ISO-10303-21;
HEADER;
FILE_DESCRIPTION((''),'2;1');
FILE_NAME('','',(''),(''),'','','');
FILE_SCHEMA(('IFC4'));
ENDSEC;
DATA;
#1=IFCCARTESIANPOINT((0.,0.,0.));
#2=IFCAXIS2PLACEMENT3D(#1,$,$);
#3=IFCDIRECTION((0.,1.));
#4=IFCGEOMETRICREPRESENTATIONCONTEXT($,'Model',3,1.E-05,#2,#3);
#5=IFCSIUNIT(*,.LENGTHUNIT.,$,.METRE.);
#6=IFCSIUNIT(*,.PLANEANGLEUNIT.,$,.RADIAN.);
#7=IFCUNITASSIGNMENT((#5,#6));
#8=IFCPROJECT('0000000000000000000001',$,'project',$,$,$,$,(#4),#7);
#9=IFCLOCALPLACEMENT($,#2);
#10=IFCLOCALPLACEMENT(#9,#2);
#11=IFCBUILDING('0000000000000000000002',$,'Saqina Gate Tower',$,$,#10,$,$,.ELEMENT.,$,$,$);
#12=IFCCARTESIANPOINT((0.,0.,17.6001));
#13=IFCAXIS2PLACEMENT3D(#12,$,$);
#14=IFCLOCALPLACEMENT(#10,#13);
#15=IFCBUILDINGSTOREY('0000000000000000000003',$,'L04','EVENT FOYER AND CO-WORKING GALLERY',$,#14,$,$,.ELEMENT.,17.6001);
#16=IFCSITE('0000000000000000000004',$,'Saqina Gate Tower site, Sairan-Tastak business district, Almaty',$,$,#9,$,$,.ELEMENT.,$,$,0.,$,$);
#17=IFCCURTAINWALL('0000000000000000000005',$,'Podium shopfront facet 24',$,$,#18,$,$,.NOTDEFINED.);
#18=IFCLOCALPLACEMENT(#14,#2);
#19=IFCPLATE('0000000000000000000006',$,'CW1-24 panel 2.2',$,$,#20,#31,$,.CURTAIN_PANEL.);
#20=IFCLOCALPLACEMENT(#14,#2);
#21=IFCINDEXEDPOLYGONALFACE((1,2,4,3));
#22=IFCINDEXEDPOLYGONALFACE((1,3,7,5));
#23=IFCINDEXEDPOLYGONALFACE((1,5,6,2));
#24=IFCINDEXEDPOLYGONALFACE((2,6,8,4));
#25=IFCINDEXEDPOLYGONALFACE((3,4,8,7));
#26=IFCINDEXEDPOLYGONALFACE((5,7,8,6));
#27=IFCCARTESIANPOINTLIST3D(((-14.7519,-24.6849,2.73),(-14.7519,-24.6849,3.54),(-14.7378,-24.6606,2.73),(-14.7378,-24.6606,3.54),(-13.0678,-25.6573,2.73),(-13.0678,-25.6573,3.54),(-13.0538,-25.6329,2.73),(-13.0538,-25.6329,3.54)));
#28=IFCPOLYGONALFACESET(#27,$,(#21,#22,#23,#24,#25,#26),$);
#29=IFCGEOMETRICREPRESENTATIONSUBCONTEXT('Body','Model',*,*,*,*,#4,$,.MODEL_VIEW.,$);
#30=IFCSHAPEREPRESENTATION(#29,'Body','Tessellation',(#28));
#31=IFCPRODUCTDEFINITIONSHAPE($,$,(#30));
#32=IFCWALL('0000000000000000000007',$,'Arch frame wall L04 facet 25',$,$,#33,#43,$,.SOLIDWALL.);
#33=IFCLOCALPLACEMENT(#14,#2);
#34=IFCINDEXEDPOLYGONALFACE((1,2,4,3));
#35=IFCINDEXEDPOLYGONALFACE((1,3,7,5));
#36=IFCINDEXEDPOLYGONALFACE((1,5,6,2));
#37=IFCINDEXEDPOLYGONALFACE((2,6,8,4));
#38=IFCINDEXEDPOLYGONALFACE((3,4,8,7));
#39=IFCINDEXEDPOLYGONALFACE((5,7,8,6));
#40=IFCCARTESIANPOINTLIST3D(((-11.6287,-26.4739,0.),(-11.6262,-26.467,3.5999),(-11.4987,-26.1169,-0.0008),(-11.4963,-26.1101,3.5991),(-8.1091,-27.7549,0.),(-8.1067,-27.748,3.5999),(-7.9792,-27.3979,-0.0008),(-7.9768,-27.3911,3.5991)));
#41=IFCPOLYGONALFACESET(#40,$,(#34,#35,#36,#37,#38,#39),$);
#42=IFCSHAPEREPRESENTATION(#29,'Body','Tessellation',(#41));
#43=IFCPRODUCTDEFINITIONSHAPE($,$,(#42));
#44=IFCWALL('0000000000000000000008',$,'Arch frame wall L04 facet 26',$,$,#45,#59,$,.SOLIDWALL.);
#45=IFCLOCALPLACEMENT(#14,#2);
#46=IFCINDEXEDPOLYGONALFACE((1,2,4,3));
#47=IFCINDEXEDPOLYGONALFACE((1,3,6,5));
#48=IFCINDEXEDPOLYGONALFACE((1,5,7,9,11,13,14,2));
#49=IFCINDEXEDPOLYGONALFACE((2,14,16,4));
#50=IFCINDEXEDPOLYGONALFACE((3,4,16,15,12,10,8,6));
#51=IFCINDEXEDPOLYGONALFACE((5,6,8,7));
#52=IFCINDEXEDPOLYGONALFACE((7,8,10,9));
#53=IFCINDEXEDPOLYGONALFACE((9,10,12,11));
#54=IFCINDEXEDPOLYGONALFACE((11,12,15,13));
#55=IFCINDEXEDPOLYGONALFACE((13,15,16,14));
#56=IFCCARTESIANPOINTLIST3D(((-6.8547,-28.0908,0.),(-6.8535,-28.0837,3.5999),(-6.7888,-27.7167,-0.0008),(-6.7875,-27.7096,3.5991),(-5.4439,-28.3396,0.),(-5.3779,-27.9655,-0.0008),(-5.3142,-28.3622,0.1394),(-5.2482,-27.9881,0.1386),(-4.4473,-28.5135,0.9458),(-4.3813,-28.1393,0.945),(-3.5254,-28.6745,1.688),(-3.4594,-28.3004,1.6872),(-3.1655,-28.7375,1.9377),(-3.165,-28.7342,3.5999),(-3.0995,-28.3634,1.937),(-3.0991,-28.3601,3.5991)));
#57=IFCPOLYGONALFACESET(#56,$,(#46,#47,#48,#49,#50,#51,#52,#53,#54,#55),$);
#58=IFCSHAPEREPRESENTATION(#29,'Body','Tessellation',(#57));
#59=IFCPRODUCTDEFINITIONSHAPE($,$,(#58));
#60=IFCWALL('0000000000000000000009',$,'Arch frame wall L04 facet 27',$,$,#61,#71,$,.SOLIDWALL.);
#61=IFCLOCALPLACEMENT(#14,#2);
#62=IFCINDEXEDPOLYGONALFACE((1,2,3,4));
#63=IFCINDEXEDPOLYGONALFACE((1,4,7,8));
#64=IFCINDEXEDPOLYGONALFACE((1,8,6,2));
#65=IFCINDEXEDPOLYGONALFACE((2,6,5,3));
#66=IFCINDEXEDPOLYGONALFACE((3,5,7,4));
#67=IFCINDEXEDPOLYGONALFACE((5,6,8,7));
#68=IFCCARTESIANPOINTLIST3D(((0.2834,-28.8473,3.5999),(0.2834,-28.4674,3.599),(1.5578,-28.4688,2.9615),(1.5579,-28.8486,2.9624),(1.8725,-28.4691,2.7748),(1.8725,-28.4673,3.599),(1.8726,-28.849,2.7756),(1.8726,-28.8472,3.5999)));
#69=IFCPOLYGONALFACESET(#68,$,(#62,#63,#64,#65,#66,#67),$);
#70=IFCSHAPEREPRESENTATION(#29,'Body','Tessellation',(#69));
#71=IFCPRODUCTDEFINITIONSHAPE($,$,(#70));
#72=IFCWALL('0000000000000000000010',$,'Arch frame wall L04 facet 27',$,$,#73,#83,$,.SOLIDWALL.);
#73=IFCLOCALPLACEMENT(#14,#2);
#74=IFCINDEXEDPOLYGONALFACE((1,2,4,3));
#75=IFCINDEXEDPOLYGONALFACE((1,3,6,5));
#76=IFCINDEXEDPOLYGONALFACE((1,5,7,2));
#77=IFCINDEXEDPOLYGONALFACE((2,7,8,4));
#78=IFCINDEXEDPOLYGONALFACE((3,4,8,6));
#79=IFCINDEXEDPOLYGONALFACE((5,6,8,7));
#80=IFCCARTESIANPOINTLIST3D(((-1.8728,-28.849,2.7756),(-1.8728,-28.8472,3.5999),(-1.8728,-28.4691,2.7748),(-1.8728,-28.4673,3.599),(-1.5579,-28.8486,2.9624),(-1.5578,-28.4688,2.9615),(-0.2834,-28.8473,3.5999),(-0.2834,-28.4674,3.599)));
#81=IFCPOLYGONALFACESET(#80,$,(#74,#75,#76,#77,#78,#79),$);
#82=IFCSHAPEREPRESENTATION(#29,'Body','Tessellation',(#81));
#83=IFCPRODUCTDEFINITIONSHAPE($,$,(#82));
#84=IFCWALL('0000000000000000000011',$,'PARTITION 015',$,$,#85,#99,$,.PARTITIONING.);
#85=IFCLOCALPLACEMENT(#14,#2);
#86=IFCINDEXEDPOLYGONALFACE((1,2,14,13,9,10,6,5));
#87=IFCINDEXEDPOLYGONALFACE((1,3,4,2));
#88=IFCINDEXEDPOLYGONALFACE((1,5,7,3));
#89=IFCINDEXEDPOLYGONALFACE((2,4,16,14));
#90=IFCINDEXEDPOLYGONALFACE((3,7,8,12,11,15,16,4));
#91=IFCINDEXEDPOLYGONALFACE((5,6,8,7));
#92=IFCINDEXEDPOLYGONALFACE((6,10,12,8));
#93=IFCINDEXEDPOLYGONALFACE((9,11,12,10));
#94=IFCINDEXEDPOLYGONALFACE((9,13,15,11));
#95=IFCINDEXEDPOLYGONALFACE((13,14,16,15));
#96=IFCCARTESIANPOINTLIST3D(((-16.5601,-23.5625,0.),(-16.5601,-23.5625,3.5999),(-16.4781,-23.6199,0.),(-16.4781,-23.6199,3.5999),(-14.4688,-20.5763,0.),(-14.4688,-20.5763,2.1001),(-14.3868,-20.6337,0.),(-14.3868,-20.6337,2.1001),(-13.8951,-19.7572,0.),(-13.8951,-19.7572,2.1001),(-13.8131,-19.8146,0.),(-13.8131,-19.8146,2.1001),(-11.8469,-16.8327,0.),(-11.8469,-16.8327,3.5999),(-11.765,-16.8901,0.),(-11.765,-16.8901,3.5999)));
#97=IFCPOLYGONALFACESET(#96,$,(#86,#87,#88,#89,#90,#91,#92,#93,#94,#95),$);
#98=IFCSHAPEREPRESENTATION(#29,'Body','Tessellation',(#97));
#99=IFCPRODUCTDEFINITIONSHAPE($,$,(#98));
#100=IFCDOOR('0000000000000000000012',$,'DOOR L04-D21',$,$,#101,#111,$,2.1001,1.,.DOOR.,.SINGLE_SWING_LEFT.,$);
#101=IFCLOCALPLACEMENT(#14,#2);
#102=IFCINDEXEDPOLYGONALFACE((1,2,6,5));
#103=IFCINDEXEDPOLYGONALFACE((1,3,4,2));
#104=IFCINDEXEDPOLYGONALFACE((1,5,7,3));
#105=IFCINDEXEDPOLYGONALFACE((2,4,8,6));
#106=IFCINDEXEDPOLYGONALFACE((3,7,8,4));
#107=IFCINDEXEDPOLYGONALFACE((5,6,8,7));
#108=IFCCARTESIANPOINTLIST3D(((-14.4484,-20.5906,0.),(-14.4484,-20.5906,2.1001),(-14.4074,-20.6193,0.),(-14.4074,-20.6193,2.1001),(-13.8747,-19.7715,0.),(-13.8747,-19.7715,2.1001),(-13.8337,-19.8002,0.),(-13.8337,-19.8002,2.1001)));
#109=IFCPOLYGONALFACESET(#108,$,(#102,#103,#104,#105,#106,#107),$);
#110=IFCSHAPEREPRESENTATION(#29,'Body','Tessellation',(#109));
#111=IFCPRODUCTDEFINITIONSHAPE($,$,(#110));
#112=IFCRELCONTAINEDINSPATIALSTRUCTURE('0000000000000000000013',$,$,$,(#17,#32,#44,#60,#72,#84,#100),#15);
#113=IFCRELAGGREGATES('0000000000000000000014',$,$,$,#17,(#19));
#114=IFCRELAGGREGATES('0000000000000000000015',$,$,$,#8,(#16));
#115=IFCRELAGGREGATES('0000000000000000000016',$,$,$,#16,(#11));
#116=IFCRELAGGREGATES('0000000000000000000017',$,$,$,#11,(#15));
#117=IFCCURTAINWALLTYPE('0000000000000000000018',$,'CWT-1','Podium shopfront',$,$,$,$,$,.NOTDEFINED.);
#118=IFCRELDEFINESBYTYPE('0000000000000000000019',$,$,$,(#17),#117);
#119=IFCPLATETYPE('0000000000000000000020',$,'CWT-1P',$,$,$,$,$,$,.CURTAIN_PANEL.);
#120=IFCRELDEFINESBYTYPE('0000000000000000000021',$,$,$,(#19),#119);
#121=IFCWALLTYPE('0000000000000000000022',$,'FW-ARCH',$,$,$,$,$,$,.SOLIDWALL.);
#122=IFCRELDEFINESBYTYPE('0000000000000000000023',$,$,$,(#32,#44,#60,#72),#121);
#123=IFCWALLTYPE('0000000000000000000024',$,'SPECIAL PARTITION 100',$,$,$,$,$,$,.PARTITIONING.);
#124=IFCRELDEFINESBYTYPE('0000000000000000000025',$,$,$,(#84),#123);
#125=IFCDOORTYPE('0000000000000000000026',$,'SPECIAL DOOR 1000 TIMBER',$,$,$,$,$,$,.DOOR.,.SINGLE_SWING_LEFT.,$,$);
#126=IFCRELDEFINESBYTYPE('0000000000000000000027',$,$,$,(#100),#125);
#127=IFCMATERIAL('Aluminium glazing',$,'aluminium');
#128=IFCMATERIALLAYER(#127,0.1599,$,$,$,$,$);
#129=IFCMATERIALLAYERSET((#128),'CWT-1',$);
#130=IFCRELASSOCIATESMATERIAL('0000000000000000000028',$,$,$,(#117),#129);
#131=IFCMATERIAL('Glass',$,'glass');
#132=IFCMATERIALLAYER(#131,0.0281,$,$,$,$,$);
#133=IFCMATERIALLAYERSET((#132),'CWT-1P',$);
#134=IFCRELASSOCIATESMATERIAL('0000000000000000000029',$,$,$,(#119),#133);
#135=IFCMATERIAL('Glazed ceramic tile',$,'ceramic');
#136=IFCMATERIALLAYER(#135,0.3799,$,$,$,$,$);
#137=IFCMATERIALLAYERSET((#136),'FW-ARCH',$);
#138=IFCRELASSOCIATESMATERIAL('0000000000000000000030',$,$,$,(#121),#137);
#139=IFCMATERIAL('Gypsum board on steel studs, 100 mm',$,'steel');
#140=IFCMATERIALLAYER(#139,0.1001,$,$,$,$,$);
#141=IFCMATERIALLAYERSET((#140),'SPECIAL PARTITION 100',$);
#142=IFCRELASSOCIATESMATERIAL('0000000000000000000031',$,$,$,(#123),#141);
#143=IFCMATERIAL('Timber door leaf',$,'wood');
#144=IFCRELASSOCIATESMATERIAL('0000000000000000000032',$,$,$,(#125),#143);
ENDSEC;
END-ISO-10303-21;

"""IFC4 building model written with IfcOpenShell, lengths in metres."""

from ifc_helpers import new_model, si_unit, direction, frame, frame_2d, origin, origin_2d, place, context, subcontext, project, spatial, polyline, rectangle, outline, extrude, material, layer, layer_set, type_object, element, fill, aggregate, save


model = new_model("IFC4")

# Units and contexts
model_context = context("Model", 3, precision=1e-05, world=origin(), true_north=direction((0.0, 1.0)))
body_context = subcontext(model_context, "Body", "Model", "MODEL_VIEW")
ifc_project = project(units=[si_unit("LENGTHUNIT", "METRE"), si_unit("PLANEANGLEUNIT", "RADIAN")], contexts=[model_context])

# Site, building, storey
site_placement = place(None, origin())
site = spatial("IfcSite", under=ifc_project, at=site_placement, Name="Saqina Gate Tower site, Sairan-Tastak business district, Almaty", CompositionType="ELEMENT", RefElevation=0.0)
building_placement = place(site_placement, origin())
building = spatial("IfcBuilding", under=site, at=building_placement, Name="Saqina Gate Tower", CompositionType="ELEMENT")
storey_placement = place(building_placement, frame((0.0, 0.0, 17.6001)))
storey = spatial("IfcBuildingStorey", under=building, at=storey_placement, Name="L04", Description="EVENT FOYER AND CO-WORKING GALLERY", CompositionType="ELEMENT", Elevation=17.6001)

# Shared definitions
ifc_material_1 = material(Name="Aluminium glazing", Category="aluminium")
ifc_layer_1 = layer(ifc_material_1, 0.1599)
ifc_layer_set_1 = layer_set([ifc_layer_1], Name="CWT-1")
curtain_wall_type = type_object("IfcCurtainWallType", Name="CWT-1", Description="Podium shopfront", PredefinedType="NOTDEFINED", material=ifc_layer_set_1)

# Curtain wall
curtain_wall_1_placement = place(storey_placement, origin())
curtain_wall_1 = element("IfcCurtainWall", 1, at=curtain_wall_1_placement, inside=storey, type_object=curtain_wall_type, Name="Podium shopfront facet 24", PredefinedType="NOTDEFINED")

# Plate
ifc_material_2 = material(Name="Glass", Category="glass")
ifc_layer_2 = layer(ifc_material_2, 0.0281)
ifc_layer_set_2 = layer_set([ifc_layer_2], Name="CWT-1P")
plate_type = type_object("IfcPlateType", Name="CWT-1P", PredefinedType="CURTAIN_PANEL", material=ifc_layer_set_2)
plate_1_placement = place(storey_placement, frame((-13.9028, -25.1589, 2.73), z_axis=(0.0, 0.0, 1.0), x_axis=(0.866017, -0.500014, 0.0)))
plate_1 = element("IfcPlate", 2, at=plate_1_placement, type_object=plate_type, Name="CW1-24 panel 2.2", PredefinedType="CURTAIN_PANEL", context=body_context, shape_type="SweptSolid", body=[
    extrude(rectangle(XDim=1.9446, YDim=0.0281, at=origin_2d()), origin(), (0.0, 0.0, 1.0), 0.8101),
])
aggregate(curtain_wall_1, [plate_1])

# Walls
ifc_material_3 = material(Name="Glazed ceramic tile", Category="ceramic")
ifc_layer_3 = layer(ifc_material_3, 0.3799)
ifc_layer_set_3 = layer_set([ifc_layer_3], Name="FW-ARCH")
wall_type_1 = type_object("IfcWallType", Name="FW-ARCH", PredefinedType="SOLIDWALL", material=ifc_layer_set_3)
wall_1_placement = place(storey_placement, frame((-11.6287, -26.4739, 0.0), z_axis=(-0.34202, -0.939691, 0.002016), x_axis=(0.000678, 0.001899, 0.999998)))
element("IfcWall", 3, at=wall_1_placement, inside=storey, type_object=wall_type_1, Name="Arch frame wall L04 facet 25", PredefinedType="SOLIDWALL", context=body_context, shape_type="SweptSolid", body=[
    extrude(outline(polyline([(0.0, 0.0), (3.5999, 0.0), (3.5998, -3.7454), (0.0, -3.7454), (0.0, 0.0)])), origin(), (0.0, 0.0, -1.0), 0.3799),
])
wall_2_placement = place(storey_placement, frame((-6.8547, -28.0908, 0.0), z_axis=(-0.173673, -0.984801, 0.00201), x_axis=(0.000342, 0.001981, 0.999998)))
element("IfcWall", 4, at=wall_2_placement, inside=storey, type_object=wall_type_1, Name="Arch frame wall L04 facet 26", PredefinedType="SOLIDWALL", context=body_context, shape_type="SweptSolid", body=[
    extrude(outline(polyline([(0.0, 0.0), (3.5999, 0.0), (3.5998, -3.7454), (1.9377, -3.7455), (1.688, -3.3801), (0.9458, -2.4443), (0.1394, -1.5643), (0.0, -1.4327), (0.0, 0.0)])), origin(), (0.0, 0.0, -1.0), 0.3799),
])
wall_3_placement = place(storey_placement, frame((1.8726, -28.8472, 3.5999), z_axis=(0.000093, -0.999997, 0.002252), x_axis=(0.0, -0.002252, -0.999997)))
element("IfcWall", 5, at=wall_3_placement, inside=storey, type_object=wall_type_1, Name="Arch frame wall L04 facet 27", PredefinedType="SOLIDWALL", context=body_context, shape_type="SweptSolid", body=[
    extrude(outline(polyline([(0.0, 0.0), (0.8242, 0.0), (0.6375, -0.3147), (0.0, -1.5891), (0.0, 0.0)])), origin(), (0.0, 0.0, -1.0), 0.3799),
])
wall_4_placement = place(storey_placement, frame((-1.8728, -28.8472, 3.5999), z_axis=(-0.000093, -0.999997, 0.002252), x_axis=(1.0, -0.000093, 0.0)))
element("IfcWall", 6, at=wall_4_placement, inside=storey, type_object=wall_type_1, Name="Arch frame wall L04 facet 27", PredefinedType="SOLIDWALL", context=body_context, shape_type="SweptSolid", body=[
    extrude(outline(polyline([(0.0, 0.0), (1.5894, 0.0), (0.3149, -0.6375), (0.0, -0.8242), (0.0, 0.0)])), origin(), (0.0, 0.0, -1.0), 0.3799),
])

# Wall, opening, door
ifc_material_4 = material(Name="Gypsum board on steel studs, 100 mm", Category="steel")
ifc_layer_4 = layer(ifc_material_4, 0.1001)
ifc_layer_set_4 = layer_set([ifc_layer_4], Name="SPECIAL PARTITION 100")
wall_type_2 = type_object("IfcWallType", Name="SPECIAL PARTITION 100", PredefinedType="PARTITIONING", material=ifc_layer_set_4)
wall_5_placement = place(storey_placement, frame((-16.519, -23.5911, 0.0), z_axis=(0.0, 0.0, 1.0), x_axis=(0.573652, 0.819099, 0.0)))
wall_5 = element("IfcWall", 7, at=wall_5_placement, inside=storey, type_object=wall_type_2, Name="PARTITION 015", PredefinedType="PARTITIONING", context=body_context, shape_type="SweptSolid", body=[
    extrude(rectangle(XDim=8.2161, YDim=0.1001, at=frame_2d((4.1079, 0.0))), origin(), (0.0, 0.0, 1.0), 3.5999),
])
opening_1_placement = place(wall_5_placement, frame((3.6455, 0.0, 0.0)))
opening_1 = element("IfcOpeningElement", 8, at=opening_1_placement, cuts=wall_5, PredefinedType="OPENING", context=body_context, shape_type="SweptSolid", body=[
    extrude(rectangle(XDim=1.0, YDim=2.1001, at=frame_2d((0.5, 1.05))), frame((0.0, 0.062, 0.0), z_axis=(0.0, -1.0, 0.0), x_axis=(1.0, 0.0, 0.0)), (0.0, 0.0, 1.0), 0.124),
])
ifc_material_5 = material(Name="Timber door leaf", Category="wood")
door_type = type_object("IfcDoorType", Name="SPECIAL DOOR 1000 TIMBER", OperationType="SINGLE_SWING_LEFT", PredefinedType="DOOR", material=ifc_material_5)
door_placement = place(opening_1_placement, frame((1.0, 0.0, 0.0), z_axis=(0.0, 0.0, 1.0), x_axis=(-1.0, 0.0, 0.0)))
door = element("IfcDoor", 9, at=door_placement, inside=storey, type_object=door_type, Name="DOOR L04-D21", OperationType="SINGLE_SWING_LEFT", OverallHeight=2.1001, OverallWidth=1.0, PredefinedType="DOOR", context=body_context, shape_type="SweptSolid", body=[
    extrude(rectangle(XDim=1.0, YDim=2.1001, at=frame_2d((0.5, 1.05))), frame((0.0, 0.0249, 0.0), z_axis=(0.0, -1.0, 0.0), x_axis=(1.0, 0.0, 0.0)), (0.0, 0.0, 1.0), 0.05),
])
fill(opening_1, door)

save(model, "model.ifc")
